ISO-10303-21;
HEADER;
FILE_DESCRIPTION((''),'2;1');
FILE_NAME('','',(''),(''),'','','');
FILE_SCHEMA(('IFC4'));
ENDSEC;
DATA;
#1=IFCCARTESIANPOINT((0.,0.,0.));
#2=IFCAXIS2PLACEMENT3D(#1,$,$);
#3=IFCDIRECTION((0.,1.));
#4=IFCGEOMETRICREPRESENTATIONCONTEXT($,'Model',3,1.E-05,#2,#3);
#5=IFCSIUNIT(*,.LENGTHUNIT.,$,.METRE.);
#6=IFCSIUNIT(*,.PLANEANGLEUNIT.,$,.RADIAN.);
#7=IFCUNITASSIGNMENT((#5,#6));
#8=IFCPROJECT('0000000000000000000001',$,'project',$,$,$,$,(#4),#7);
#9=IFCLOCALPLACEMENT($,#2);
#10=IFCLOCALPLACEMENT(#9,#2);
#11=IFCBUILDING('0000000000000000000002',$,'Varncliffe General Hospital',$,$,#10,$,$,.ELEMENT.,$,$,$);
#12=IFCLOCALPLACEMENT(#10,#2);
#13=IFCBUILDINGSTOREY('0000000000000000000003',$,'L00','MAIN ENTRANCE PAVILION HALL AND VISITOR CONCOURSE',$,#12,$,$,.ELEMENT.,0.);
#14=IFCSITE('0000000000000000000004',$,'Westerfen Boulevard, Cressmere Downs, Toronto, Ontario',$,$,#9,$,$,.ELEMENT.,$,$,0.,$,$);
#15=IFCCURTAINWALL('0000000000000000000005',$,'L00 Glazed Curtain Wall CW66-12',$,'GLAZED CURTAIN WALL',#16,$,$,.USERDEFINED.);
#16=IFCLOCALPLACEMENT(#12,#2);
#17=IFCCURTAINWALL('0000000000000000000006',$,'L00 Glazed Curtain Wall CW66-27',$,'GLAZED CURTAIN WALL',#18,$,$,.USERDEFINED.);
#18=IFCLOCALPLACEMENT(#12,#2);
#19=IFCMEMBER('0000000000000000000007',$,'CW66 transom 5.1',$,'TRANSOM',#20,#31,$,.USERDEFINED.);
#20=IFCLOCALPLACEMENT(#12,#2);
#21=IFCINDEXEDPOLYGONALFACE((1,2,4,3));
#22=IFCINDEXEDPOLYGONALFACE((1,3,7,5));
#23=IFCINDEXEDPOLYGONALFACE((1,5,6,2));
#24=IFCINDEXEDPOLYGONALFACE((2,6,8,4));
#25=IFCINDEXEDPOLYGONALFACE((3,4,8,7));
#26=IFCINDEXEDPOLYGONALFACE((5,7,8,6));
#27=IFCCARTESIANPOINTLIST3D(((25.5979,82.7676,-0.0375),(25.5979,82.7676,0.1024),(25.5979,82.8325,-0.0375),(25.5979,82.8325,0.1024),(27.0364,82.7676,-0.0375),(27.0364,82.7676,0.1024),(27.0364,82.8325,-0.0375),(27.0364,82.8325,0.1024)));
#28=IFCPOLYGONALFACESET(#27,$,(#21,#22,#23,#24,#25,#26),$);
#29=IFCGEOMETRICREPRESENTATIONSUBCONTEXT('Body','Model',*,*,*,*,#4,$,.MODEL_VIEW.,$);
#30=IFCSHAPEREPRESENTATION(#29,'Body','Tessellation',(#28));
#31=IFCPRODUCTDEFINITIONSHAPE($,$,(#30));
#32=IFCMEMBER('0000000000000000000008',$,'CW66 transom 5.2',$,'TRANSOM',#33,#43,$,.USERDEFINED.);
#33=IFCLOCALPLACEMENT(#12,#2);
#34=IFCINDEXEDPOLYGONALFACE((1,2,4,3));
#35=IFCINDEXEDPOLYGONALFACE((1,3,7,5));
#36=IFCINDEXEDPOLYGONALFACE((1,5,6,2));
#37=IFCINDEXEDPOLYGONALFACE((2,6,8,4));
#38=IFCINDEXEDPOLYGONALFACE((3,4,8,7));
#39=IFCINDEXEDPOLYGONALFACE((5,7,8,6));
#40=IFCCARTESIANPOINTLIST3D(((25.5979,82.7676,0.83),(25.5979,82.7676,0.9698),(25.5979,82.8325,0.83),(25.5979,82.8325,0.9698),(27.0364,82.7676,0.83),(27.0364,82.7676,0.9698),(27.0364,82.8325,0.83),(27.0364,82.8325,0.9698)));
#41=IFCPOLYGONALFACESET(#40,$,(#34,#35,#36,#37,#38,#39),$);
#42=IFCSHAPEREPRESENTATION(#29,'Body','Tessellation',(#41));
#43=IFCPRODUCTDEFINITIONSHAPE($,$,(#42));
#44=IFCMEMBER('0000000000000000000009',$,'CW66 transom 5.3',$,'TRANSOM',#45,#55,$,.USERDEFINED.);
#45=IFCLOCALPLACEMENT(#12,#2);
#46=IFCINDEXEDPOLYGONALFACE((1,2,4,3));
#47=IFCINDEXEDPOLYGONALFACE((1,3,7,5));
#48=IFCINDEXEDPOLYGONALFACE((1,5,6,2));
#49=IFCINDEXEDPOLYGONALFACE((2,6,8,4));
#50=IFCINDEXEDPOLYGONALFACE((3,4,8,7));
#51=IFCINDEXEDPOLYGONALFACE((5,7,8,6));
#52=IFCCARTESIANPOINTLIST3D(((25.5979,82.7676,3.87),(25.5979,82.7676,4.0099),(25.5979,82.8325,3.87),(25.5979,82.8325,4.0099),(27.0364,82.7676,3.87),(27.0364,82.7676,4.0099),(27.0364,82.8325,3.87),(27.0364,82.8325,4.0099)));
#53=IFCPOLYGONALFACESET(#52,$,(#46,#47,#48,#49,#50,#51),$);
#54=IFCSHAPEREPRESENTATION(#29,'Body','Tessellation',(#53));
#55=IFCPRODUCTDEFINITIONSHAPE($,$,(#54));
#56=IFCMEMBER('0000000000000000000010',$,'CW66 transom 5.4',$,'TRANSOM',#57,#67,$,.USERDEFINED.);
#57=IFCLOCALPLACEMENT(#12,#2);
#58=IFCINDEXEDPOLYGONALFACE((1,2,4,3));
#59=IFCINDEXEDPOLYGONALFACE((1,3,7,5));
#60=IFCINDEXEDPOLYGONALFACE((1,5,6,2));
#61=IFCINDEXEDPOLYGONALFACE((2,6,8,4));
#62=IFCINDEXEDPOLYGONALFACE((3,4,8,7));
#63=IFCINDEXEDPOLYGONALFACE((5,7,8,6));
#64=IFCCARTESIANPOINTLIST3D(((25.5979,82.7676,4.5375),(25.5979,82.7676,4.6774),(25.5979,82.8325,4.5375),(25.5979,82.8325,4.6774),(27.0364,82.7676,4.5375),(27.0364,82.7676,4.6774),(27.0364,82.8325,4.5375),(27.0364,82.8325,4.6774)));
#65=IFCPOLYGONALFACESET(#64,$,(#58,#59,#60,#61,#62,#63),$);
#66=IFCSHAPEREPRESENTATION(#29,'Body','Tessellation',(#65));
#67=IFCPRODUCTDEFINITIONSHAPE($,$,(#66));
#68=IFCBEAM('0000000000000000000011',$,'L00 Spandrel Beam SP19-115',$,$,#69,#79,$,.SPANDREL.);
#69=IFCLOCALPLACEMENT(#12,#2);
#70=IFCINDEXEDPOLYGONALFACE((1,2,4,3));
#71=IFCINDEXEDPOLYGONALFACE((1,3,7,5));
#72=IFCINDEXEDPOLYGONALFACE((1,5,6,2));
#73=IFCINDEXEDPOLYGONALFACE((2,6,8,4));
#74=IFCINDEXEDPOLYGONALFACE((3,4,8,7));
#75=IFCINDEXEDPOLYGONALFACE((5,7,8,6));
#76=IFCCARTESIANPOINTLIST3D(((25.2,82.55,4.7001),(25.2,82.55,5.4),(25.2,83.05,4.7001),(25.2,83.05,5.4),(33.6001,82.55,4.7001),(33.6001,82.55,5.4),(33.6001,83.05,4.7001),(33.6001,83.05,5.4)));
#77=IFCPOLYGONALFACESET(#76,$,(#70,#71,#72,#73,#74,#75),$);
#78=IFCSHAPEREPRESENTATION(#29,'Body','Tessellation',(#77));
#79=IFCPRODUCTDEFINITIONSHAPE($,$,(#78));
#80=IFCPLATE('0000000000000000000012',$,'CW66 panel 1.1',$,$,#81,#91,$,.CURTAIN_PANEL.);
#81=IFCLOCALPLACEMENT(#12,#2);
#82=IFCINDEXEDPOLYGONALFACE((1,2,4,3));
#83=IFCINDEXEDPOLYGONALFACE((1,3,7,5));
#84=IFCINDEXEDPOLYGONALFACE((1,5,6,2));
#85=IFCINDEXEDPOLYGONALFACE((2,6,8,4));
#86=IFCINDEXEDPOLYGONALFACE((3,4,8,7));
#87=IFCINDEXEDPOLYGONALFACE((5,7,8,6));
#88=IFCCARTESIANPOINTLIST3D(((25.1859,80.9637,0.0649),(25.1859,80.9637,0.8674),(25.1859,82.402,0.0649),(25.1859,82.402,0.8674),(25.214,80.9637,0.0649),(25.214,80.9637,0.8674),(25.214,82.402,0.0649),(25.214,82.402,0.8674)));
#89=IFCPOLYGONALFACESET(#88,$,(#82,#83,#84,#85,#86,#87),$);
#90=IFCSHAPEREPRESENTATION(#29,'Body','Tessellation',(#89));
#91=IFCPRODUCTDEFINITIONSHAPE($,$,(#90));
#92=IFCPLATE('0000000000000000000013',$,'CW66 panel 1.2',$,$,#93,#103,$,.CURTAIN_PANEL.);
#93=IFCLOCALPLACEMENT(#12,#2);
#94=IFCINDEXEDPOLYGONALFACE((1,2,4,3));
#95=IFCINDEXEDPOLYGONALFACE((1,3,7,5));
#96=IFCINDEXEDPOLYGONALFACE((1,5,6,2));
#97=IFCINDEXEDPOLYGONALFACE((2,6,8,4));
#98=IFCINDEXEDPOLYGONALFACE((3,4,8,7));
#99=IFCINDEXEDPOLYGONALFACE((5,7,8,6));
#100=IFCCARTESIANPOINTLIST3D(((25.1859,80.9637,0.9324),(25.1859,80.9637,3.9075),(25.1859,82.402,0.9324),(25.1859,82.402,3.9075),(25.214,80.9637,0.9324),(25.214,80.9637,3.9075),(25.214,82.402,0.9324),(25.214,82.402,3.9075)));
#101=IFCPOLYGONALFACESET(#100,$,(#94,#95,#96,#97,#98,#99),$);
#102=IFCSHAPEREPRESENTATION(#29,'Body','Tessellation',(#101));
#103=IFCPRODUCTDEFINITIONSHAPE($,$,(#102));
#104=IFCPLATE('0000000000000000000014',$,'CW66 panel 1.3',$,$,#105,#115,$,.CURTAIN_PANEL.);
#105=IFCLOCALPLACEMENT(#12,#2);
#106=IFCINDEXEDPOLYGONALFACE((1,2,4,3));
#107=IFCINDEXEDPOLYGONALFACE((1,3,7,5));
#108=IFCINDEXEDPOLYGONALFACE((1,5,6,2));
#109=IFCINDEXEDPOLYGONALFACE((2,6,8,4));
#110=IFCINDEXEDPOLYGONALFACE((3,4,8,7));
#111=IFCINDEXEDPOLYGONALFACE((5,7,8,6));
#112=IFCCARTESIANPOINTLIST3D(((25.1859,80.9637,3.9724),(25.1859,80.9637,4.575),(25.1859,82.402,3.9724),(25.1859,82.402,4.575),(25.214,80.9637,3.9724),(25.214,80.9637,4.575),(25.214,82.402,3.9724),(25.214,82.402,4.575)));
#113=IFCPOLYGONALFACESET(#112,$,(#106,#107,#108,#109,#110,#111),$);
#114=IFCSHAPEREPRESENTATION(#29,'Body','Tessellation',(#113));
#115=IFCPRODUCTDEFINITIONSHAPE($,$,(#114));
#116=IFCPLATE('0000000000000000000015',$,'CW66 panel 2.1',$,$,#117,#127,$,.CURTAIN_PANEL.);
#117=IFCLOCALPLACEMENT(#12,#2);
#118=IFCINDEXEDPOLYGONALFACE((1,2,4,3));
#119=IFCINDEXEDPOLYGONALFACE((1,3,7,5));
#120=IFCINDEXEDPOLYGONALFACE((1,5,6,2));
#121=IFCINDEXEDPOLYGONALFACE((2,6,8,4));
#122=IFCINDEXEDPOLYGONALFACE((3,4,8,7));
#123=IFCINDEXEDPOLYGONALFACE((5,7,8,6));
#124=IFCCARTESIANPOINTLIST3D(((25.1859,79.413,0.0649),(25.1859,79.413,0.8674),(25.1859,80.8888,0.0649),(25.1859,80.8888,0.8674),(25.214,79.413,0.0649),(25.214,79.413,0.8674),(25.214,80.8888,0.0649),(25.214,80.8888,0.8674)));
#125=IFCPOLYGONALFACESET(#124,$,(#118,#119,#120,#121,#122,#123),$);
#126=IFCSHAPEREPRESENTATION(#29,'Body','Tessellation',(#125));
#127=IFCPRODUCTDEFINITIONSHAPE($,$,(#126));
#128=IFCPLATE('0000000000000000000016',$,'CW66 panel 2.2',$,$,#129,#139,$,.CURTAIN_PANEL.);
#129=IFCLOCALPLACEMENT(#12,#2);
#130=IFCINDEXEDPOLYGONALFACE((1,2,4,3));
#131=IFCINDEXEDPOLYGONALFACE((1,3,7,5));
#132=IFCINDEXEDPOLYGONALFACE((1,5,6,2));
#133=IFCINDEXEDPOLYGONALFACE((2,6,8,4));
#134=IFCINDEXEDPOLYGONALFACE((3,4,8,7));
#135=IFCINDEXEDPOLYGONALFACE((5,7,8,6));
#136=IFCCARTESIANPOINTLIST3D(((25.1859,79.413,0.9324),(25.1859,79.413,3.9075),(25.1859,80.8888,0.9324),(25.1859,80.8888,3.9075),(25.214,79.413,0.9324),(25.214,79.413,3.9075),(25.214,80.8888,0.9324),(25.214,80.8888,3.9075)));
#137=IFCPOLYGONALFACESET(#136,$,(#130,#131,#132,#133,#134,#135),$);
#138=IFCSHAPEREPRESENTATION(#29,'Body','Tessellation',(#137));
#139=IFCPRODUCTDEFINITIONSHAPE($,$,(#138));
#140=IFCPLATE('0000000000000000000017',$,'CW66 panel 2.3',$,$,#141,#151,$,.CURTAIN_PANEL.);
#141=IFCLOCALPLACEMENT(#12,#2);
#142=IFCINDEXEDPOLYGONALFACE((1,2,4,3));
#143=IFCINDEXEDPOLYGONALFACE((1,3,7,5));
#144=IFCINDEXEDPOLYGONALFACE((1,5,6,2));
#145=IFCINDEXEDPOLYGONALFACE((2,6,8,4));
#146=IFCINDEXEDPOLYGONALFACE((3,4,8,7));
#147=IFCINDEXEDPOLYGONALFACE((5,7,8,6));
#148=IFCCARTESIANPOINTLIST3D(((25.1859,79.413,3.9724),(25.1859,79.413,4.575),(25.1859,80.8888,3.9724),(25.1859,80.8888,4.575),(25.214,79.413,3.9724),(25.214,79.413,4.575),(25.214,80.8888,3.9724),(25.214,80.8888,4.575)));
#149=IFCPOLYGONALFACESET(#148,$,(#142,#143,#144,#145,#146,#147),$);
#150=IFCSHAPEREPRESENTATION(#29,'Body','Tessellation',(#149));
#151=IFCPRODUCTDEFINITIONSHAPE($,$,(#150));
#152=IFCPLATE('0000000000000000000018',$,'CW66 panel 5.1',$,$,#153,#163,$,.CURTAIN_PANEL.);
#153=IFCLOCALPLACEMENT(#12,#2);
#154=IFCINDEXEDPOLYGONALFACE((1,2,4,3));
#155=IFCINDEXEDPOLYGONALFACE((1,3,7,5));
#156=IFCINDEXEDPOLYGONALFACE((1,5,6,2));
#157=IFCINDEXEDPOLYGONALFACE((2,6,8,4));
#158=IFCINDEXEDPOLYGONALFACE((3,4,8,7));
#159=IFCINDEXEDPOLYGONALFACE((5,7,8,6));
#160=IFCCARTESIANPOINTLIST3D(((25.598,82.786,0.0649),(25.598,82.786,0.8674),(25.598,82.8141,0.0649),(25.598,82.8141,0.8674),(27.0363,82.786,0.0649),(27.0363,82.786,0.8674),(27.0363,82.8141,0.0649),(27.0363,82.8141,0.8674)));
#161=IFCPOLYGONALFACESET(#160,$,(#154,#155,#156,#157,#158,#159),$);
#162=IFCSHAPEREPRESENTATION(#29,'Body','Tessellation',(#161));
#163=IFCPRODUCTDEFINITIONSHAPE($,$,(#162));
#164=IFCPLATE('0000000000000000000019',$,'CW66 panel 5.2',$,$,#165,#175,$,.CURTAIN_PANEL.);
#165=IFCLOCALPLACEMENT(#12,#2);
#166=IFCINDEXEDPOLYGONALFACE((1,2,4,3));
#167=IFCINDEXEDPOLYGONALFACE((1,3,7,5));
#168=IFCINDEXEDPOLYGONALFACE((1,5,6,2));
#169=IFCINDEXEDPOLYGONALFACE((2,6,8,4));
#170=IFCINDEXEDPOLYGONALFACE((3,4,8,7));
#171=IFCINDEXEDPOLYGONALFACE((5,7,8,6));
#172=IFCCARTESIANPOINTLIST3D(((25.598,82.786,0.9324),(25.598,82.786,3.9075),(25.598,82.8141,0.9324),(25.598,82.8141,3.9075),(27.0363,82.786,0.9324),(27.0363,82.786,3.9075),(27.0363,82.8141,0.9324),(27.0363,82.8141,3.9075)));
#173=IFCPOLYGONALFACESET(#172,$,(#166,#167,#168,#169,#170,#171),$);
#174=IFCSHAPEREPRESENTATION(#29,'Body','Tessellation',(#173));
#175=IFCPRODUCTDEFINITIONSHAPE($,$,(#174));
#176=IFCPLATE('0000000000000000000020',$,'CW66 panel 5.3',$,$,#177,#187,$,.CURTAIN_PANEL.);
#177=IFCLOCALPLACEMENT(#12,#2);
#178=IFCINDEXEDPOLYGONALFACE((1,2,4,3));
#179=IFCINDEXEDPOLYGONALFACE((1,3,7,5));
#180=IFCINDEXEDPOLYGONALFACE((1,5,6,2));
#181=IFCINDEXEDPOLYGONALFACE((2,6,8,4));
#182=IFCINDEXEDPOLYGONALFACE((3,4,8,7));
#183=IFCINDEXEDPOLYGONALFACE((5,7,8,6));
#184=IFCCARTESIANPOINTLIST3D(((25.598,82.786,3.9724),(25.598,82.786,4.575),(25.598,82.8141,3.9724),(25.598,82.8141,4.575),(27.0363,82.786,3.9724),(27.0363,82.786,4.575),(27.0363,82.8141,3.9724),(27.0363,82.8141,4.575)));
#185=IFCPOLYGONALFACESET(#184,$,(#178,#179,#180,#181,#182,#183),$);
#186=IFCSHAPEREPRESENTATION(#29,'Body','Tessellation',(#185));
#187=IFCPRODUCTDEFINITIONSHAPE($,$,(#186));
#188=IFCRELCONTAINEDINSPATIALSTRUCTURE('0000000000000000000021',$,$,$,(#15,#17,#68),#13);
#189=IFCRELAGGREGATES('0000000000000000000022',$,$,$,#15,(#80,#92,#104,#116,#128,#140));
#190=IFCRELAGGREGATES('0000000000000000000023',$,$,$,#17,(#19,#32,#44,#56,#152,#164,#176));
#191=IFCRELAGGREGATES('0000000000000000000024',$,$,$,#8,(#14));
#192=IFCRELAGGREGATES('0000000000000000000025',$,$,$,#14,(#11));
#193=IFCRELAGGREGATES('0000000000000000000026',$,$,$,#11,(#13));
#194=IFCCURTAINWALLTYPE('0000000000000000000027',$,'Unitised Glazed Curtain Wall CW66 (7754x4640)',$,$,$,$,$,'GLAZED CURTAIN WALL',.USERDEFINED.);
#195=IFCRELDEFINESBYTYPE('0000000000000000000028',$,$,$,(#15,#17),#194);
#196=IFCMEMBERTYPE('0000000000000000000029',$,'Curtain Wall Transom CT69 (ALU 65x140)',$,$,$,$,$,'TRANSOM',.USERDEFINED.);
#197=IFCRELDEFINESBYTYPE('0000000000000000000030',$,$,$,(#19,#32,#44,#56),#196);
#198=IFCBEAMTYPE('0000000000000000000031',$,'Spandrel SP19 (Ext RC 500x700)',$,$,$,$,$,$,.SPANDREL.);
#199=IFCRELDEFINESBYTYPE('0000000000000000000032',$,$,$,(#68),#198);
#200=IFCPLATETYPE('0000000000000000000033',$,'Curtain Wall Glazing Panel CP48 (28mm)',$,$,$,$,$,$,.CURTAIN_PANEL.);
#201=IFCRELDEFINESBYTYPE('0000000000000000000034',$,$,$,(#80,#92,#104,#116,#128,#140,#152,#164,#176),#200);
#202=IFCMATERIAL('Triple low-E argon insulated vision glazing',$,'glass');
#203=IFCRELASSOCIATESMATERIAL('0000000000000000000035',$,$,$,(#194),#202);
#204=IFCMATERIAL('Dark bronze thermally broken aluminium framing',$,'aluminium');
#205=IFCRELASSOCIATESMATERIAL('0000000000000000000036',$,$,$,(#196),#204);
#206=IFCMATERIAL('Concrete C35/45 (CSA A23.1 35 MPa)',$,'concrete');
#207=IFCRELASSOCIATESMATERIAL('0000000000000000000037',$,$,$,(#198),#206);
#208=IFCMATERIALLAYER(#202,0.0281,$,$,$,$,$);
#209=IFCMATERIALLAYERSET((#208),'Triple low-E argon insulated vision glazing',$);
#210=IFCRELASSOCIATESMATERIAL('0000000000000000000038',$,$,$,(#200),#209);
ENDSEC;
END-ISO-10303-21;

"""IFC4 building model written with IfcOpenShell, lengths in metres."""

from ifc_helpers import new_model, si_unit, direction, frame, origin, origin_2d, place, context, subcontext, project, spatial, rectangle, extrude, material, layer, layer_set, material_profile, profile_set, type_object, element, aggregate, save


model = new_model("IFC4")

# Units and contexts
model_context = context("Model", 3, precision=1e-05, world=origin(), true_north=direction((0.0, 1.0)))
body_context = subcontext(model_context, "Body", "Model", "MODEL_VIEW")
ifc_project = project(units=[si_unit("LENGTHUNIT", "METRE"), si_unit("PLANEANGLEUNIT", "RADIAN")], contexts=[model_context])

# Site, building, storey
site_placement = place(None, origin())
site = spatial("IfcSite", under=ifc_project, at=site_placement, Name="Westerfen Boulevard, Cressmere Downs, Toronto, Ontario", CompositionType="ELEMENT", RefElevation=0.0)
building_placement = place(site_placement, origin())
building = spatial("IfcBuilding", under=site, at=building_placement, Name="Varncliffe General Hospital", CompositionType="ELEMENT")
storey_placement = place(building_placement, origin())
storey = spatial("IfcBuildingStorey", under=building, at=storey_placement, Name="L00", Description="MAIN ENTRANCE PAVILION HALL AND VISITOR CONCOURSE", CompositionType="ELEMENT", Elevation=0.0)

# Shared definitions
ifc_material_1 = material(Name="Concrete C35/45 (CSA A23.1 35 MPa)", Category="concrete")

# Curtain wall
ifc_material_2 = material(Name="Triple low-E argon insulated vision glazing", Category="glass")
curtain_wall_type = type_object("IfcCurtainWallType", Name="Unitised Glazed Curtain Wall CW66 (7754x4640)", ElementType="GLAZED CURTAIN WALL", PredefinedType="USERDEFINED", material=ifc_material_2)
curtain_wall_1_placement = place(storey_placement, origin())
curtain_wall_1 = element("IfcCurtainWall", 1, at=curtain_wall_1_placement, inside=storey, type_object=curtain_wall_type, Name="L00 Glazed Curtain Wall CW66-12", ObjectType="GLAZED CURTAIN WALL", PredefinedType="USERDEFINED")
ifc_material_3 = material(Name="Dark bronze thermally broken aluminium framing", Category="aluminium")

# Curtain wall
curtain_wall_2_placement = place(storey_placement, origin())
curtain_wall_2 = element("IfcCurtainWall", 2, at=curtain_wall_2_placement, inside=storey, type_object=curtain_wall_type, Name="L00 Glazed Curtain Wall CW66-27", ObjectType="GLAZED CURTAIN WALL", PredefinedType="USERDEFINED")

# Members
ifc_material_profile_1 = material_profile(ifc_material_3, rectangle(XDim=0.0649, YDim=0.1399, at=origin_2d()), Name="ALU 65x140")
ifc_profile_set_1 = profile_set([ifc_material_profile_1], Name="Dark bronze thermally broken aluminium framing")
member_type_1 = type_object("IfcMemberType", Name="Curtain Wall Transom CT69 (ALU 65x140)", ElementType="TRANSOM", PredefinedType="USERDEFINED", material=ifc_profile_set_1)
member_1_placement = place(storey_placement, frame((27.0364, 82.8, 0.0325), z_axis=(-1.0, 0.0, 0.0), x_axis=(0.0, -1.0, 0.0)))
member_1 = element("IfcMember", 3, at=member_1_placement, type_object=member_type_1, Name="CW66 transom 5.1", ObjectType="TRANSOM", PredefinedType="USERDEFINED", context=body_context, shape_type="SweptSolid", body=[
    extrude(rectangle(XDim=0.0649, YDim=0.1399, at=origin_2d()), origin(), (0.0, 0.0, 1.0), 1.4385),
])
member_2_placement = place(storey_placement, frame((27.0364, 82.8, 0.8999), z_axis=(-1.0, 0.0, 0.0), x_axis=(0.0, -1.0, 0.0)))
member_2 = element("IfcMember", 4, at=member_2_placement, type_object=member_type_1, Name="CW66 transom 5.2", ObjectType="TRANSOM", PredefinedType="USERDEFINED", context=body_context, shape_type="SweptSolid", body=[
    extrude(rectangle(XDim=0.0649, YDim=0.1399, at=origin_2d()), origin(), (0.0, 0.0, 1.0), 1.4385),
])
member_3_placement = place(storey_placement, frame((27.0364, 82.8, 3.9399), z_axis=(-1.0, 0.0, 0.0), x_axis=(0.0, -1.0, 0.0)))
member_3 = element("IfcMember", 5, at=member_3_placement, type_object=member_type_1, Name="CW66 transom 5.3", ObjectType="TRANSOM", PredefinedType="USERDEFINED", context=body_context, shape_type="SweptSolid", body=[
    extrude(rectangle(XDim=0.0649, YDim=0.1399, at=origin_2d()), origin(), (0.0, 0.0, 1.0), 1.4385),
])
member_4_placement = place(storey_placement, frame((27.0364, 82.8, 4.6074), z_axis=(-1.0, 0.0, 0.0), x_axis=(0.0, -1.0, 0.0)))
member_4 = element("IfcMember", 6, at=member_4_placement, type_object=member_type_1, Name="CW66 transom 5.4", ObjectType="TRANSOM", PredefinedType="USERDEFINED", context=body_context, shape_type="SweptSolid", body=[
    extrude(rectangle(XDim=0.0649, YDim=0.1399, at=origin_2d()), origin(), (0.0, 0.0, 1.0), 1.4385),
])

# Beam
ifc_material_profile_2 = material_profile(ifc_material_1, rectangle(XDim=0.5, YDim=0.7, at=origin_2d()), Name="RC 500x700")
ifc_profile_set_2 = profile_set([ifc_material_profile_2], Name="Concrete C35/45 (CSA A23.1 35 MPa)")
beam_type_1 = type_object("IfcBeamType", Name="Spandrel SP19 (Ext RC 500x700)", PredefinedType="SPANDREL", material=ifc_profile_set_2)
beam_1_placement = place(storey_placement, frame((25.2, 82.8, 5.05), z_axis=(1.0, 0.0, 0.0), x_axis=(0.0, 1.0, 0.0)))
element("IfcBeam", 7, at=beam_1_placement, inside=storey, type_object=beam_type_1, Name="L00 Spandrel Beam SP19-115", PredefinedType="SPANDREL", context=body_context, shape_type="SweptSolid", body=[
    extrude(rectangle(XDim=0.5, YDim=0.7, at=origin_2d()), origin(), (0.0, 0.0, 1.0), 8.4001),
])

# Plates
ifc_layer = layer(ifc_material_2, 0.0281)
ifc_layer_set = layer_set([ifc_layer], Name="Triple low-E argon insulated vision glazing")
plate_type = type_object("IfcPlateType", Name="Curtain Wall Glazing Panel CP48 (28mm)", PredefinedType="CURTAIN_PANEL", material=ifc_layer_set)
plate_1_placement = place(storey_placement, frame((25.2, 81.6829, 0.0649), z_axis=(0.0, 0.0, 1.0), x_axis=(0.0, -1.0, 0.0)))
plate_1 = element("IfcPlate", 8, at=plate_1_placement, type_object=plate_type, Name="CW66 panel 1.1", PredefinedType="CURTAIN_PANEL", context=body_context, shape_type="SweptSolid", body=[
    extrude(rectangle(XDim=1.4382, YDim=0.0281, at=origin_2d()), origin(), (0.0, 0.0, 1.0), 0.8025),
])
plate_2_placement = place(storey_placement, frame((25.2, 81.6829, 0.9324), z_axis=(0.0, 0.0, 1.0), x_axis=(0.0, -1.0, 0.0)))
plate_2 = element("IfcPlate", 9, at=plate_2_placement, type_object=plate_type, Name="CW66 panel 1.2", PredefinedType="CURTAIN_PANEL", context=body_context, shape_type="SweptSolid", body=[
    extrude(rectangle(XDim=1.4382, YDim=0.0281, at=origin_2d()), origin(), (0.0, 0.0, 1.0), 2.9751),
])
plate_3_placement = place(storey_placement, frame((25.2, 81.6829, 3.9724), z_axis=(0.0, 0.0, 1.0), x_axis=(0.0, -1.0, 0.0)))
plate_3 = element("IfcPlate", 10, at=plate_3_placement, type_object=plate_type, Name="CW66 panel 1.3", PredefinedType="CURTAIN_PANEL", context=body_context, shape_type="SweptSolid", body=[
    extrude(rectangle(XDim=1.4382, YDim=0.0281, at=origin_2d()), origin(), (0.0, 0.0, 1.0), 0.6025),
])
plate_4_placement = place(storey_placement, frame((25.2, 80.1509, 0.0649), z_axis=(0.0, 0.0, 1.0), x_axis=(0.0, -1.0, 0.0)))
plate_4 = element("IfcPlate", 11, at=plate_4_placement, type_object=plate_type, Name="CW66 panel 2.1", PredefinedType="CURTAIN_PANEL", context=body_context, shape_type="SweptSolid", body=[
    extrude(rectangle(XDim=1.4758, YDim=0.0281, at=origin_2d()), origin(), (0.0, 0.0, 1.0), 0.8025),
])
plate_5_placement = place(storey_placement, frame((25.2, 80.1509, 0.9324), z_axis=(0.0, 0.0, 1.0), x_axis=(0.0, -1.0, 0.0)))
plate_5 = element("IfcPlate", 12, at=plate_5_placement, type_object=plate_type, Name="CW66 panel 2.2", PredefinedType="CURTAIN_PANEL", context=body_context, shape_type="SweptSolid", body=[
    extrude(rectangle(XDim=1.4758, YDim=0.0281, at=origin_2d()), origin(), (0.0, 0.0, 1.0), 2.9751),
])
plate_6_placement = place(storey_placement, frame((25.2, 80.1509, 3.9724), z_axis=(0.0, 0.0, 1.0), x_axis=(0.0, -1.0, 0.0)))
plate_6 = element("IfcPlate", 13, at=plate_6_placement, type_object=plate_type, Name="CW66 panel 2.3", PredefinedType="CURTAIN_PANEL", context=body_context, shape_type="SweptSolid", body=[
    extrude(rectangle(XDim=1.4758, YDim=0.0281, at=origin_2d()), origin(), (0.0, 0.0, 1.0), 0.6025),
])
aggregate(curtain_wall_1, [plate_1, plate_2, plate_3, plate_4, plate_5, plate_6])
plate_7_placement = place(storey_placement, frame((26.3171, 82.8, 0.0649), z_axis=(0.0, 0.0, 1.0), x_axis=(-1.0, 0.0, 0.0)))
plate_7 = element("IfcPlate", 14, at=plate_7_placement, type_object=plate_type, Name="CW66 panel 5.1", PredefinedType="CURTAIN_PANEL", context=body_context, shape_type="SweptSolid", body=[
    extrude(rectangle(XDim=1.4382, YDim=0.0281, at=origin_2d()), origin(), (0.0, 0.0, 1.0), 0.8025),
])
plate_8_placement = place(storey_placement, frame((26.3171, 82.8, 0.9324), z_axis=(0.0, 0.0, 1.0), x_axis=(-1.0, 0.0, 0.0)))
plate_8 = element("IfcPlate", 15, at=plate_8_placement, type_object=plate_type, Name="CW66 panel 5.2", PredefinedType="CURTAIN_PANEL", context=body_context, shape_type="SweptSolid", body=[
    extrude(rectangle(XDim=1.4382, YDim=0.0281, at=origin_2d()), origin(), (0.0, 0.0, 1.0), 2.9751),
])
plate_9_placement = place(storey_placement, frame((26.3171, 82.8, 3.9724), z_axis=(0.0, 0.0, 1.0), x_axis=(-1.0, 0.0, 0.0)))
plate_9 = element("IfcPlate", 16, at=plate_9_placement, type_object=plate_type, Name="CW66 panel 5.3", PredefinedType="CURTAIN_PANEL", context=body_context, shape_type="SweptSolid", body=[
    extrude(rectangle(XDim=1.4382, YDim=0.0281, at=origin_2d()), origin(), (0.0, 0.0, 1.0), 0.6025),
])
aggregate(curtain_wall_2, [member_1, member_2, member_3, member_4, plate_7, plate_8, plate_9])

save(model, "model.ifc")
